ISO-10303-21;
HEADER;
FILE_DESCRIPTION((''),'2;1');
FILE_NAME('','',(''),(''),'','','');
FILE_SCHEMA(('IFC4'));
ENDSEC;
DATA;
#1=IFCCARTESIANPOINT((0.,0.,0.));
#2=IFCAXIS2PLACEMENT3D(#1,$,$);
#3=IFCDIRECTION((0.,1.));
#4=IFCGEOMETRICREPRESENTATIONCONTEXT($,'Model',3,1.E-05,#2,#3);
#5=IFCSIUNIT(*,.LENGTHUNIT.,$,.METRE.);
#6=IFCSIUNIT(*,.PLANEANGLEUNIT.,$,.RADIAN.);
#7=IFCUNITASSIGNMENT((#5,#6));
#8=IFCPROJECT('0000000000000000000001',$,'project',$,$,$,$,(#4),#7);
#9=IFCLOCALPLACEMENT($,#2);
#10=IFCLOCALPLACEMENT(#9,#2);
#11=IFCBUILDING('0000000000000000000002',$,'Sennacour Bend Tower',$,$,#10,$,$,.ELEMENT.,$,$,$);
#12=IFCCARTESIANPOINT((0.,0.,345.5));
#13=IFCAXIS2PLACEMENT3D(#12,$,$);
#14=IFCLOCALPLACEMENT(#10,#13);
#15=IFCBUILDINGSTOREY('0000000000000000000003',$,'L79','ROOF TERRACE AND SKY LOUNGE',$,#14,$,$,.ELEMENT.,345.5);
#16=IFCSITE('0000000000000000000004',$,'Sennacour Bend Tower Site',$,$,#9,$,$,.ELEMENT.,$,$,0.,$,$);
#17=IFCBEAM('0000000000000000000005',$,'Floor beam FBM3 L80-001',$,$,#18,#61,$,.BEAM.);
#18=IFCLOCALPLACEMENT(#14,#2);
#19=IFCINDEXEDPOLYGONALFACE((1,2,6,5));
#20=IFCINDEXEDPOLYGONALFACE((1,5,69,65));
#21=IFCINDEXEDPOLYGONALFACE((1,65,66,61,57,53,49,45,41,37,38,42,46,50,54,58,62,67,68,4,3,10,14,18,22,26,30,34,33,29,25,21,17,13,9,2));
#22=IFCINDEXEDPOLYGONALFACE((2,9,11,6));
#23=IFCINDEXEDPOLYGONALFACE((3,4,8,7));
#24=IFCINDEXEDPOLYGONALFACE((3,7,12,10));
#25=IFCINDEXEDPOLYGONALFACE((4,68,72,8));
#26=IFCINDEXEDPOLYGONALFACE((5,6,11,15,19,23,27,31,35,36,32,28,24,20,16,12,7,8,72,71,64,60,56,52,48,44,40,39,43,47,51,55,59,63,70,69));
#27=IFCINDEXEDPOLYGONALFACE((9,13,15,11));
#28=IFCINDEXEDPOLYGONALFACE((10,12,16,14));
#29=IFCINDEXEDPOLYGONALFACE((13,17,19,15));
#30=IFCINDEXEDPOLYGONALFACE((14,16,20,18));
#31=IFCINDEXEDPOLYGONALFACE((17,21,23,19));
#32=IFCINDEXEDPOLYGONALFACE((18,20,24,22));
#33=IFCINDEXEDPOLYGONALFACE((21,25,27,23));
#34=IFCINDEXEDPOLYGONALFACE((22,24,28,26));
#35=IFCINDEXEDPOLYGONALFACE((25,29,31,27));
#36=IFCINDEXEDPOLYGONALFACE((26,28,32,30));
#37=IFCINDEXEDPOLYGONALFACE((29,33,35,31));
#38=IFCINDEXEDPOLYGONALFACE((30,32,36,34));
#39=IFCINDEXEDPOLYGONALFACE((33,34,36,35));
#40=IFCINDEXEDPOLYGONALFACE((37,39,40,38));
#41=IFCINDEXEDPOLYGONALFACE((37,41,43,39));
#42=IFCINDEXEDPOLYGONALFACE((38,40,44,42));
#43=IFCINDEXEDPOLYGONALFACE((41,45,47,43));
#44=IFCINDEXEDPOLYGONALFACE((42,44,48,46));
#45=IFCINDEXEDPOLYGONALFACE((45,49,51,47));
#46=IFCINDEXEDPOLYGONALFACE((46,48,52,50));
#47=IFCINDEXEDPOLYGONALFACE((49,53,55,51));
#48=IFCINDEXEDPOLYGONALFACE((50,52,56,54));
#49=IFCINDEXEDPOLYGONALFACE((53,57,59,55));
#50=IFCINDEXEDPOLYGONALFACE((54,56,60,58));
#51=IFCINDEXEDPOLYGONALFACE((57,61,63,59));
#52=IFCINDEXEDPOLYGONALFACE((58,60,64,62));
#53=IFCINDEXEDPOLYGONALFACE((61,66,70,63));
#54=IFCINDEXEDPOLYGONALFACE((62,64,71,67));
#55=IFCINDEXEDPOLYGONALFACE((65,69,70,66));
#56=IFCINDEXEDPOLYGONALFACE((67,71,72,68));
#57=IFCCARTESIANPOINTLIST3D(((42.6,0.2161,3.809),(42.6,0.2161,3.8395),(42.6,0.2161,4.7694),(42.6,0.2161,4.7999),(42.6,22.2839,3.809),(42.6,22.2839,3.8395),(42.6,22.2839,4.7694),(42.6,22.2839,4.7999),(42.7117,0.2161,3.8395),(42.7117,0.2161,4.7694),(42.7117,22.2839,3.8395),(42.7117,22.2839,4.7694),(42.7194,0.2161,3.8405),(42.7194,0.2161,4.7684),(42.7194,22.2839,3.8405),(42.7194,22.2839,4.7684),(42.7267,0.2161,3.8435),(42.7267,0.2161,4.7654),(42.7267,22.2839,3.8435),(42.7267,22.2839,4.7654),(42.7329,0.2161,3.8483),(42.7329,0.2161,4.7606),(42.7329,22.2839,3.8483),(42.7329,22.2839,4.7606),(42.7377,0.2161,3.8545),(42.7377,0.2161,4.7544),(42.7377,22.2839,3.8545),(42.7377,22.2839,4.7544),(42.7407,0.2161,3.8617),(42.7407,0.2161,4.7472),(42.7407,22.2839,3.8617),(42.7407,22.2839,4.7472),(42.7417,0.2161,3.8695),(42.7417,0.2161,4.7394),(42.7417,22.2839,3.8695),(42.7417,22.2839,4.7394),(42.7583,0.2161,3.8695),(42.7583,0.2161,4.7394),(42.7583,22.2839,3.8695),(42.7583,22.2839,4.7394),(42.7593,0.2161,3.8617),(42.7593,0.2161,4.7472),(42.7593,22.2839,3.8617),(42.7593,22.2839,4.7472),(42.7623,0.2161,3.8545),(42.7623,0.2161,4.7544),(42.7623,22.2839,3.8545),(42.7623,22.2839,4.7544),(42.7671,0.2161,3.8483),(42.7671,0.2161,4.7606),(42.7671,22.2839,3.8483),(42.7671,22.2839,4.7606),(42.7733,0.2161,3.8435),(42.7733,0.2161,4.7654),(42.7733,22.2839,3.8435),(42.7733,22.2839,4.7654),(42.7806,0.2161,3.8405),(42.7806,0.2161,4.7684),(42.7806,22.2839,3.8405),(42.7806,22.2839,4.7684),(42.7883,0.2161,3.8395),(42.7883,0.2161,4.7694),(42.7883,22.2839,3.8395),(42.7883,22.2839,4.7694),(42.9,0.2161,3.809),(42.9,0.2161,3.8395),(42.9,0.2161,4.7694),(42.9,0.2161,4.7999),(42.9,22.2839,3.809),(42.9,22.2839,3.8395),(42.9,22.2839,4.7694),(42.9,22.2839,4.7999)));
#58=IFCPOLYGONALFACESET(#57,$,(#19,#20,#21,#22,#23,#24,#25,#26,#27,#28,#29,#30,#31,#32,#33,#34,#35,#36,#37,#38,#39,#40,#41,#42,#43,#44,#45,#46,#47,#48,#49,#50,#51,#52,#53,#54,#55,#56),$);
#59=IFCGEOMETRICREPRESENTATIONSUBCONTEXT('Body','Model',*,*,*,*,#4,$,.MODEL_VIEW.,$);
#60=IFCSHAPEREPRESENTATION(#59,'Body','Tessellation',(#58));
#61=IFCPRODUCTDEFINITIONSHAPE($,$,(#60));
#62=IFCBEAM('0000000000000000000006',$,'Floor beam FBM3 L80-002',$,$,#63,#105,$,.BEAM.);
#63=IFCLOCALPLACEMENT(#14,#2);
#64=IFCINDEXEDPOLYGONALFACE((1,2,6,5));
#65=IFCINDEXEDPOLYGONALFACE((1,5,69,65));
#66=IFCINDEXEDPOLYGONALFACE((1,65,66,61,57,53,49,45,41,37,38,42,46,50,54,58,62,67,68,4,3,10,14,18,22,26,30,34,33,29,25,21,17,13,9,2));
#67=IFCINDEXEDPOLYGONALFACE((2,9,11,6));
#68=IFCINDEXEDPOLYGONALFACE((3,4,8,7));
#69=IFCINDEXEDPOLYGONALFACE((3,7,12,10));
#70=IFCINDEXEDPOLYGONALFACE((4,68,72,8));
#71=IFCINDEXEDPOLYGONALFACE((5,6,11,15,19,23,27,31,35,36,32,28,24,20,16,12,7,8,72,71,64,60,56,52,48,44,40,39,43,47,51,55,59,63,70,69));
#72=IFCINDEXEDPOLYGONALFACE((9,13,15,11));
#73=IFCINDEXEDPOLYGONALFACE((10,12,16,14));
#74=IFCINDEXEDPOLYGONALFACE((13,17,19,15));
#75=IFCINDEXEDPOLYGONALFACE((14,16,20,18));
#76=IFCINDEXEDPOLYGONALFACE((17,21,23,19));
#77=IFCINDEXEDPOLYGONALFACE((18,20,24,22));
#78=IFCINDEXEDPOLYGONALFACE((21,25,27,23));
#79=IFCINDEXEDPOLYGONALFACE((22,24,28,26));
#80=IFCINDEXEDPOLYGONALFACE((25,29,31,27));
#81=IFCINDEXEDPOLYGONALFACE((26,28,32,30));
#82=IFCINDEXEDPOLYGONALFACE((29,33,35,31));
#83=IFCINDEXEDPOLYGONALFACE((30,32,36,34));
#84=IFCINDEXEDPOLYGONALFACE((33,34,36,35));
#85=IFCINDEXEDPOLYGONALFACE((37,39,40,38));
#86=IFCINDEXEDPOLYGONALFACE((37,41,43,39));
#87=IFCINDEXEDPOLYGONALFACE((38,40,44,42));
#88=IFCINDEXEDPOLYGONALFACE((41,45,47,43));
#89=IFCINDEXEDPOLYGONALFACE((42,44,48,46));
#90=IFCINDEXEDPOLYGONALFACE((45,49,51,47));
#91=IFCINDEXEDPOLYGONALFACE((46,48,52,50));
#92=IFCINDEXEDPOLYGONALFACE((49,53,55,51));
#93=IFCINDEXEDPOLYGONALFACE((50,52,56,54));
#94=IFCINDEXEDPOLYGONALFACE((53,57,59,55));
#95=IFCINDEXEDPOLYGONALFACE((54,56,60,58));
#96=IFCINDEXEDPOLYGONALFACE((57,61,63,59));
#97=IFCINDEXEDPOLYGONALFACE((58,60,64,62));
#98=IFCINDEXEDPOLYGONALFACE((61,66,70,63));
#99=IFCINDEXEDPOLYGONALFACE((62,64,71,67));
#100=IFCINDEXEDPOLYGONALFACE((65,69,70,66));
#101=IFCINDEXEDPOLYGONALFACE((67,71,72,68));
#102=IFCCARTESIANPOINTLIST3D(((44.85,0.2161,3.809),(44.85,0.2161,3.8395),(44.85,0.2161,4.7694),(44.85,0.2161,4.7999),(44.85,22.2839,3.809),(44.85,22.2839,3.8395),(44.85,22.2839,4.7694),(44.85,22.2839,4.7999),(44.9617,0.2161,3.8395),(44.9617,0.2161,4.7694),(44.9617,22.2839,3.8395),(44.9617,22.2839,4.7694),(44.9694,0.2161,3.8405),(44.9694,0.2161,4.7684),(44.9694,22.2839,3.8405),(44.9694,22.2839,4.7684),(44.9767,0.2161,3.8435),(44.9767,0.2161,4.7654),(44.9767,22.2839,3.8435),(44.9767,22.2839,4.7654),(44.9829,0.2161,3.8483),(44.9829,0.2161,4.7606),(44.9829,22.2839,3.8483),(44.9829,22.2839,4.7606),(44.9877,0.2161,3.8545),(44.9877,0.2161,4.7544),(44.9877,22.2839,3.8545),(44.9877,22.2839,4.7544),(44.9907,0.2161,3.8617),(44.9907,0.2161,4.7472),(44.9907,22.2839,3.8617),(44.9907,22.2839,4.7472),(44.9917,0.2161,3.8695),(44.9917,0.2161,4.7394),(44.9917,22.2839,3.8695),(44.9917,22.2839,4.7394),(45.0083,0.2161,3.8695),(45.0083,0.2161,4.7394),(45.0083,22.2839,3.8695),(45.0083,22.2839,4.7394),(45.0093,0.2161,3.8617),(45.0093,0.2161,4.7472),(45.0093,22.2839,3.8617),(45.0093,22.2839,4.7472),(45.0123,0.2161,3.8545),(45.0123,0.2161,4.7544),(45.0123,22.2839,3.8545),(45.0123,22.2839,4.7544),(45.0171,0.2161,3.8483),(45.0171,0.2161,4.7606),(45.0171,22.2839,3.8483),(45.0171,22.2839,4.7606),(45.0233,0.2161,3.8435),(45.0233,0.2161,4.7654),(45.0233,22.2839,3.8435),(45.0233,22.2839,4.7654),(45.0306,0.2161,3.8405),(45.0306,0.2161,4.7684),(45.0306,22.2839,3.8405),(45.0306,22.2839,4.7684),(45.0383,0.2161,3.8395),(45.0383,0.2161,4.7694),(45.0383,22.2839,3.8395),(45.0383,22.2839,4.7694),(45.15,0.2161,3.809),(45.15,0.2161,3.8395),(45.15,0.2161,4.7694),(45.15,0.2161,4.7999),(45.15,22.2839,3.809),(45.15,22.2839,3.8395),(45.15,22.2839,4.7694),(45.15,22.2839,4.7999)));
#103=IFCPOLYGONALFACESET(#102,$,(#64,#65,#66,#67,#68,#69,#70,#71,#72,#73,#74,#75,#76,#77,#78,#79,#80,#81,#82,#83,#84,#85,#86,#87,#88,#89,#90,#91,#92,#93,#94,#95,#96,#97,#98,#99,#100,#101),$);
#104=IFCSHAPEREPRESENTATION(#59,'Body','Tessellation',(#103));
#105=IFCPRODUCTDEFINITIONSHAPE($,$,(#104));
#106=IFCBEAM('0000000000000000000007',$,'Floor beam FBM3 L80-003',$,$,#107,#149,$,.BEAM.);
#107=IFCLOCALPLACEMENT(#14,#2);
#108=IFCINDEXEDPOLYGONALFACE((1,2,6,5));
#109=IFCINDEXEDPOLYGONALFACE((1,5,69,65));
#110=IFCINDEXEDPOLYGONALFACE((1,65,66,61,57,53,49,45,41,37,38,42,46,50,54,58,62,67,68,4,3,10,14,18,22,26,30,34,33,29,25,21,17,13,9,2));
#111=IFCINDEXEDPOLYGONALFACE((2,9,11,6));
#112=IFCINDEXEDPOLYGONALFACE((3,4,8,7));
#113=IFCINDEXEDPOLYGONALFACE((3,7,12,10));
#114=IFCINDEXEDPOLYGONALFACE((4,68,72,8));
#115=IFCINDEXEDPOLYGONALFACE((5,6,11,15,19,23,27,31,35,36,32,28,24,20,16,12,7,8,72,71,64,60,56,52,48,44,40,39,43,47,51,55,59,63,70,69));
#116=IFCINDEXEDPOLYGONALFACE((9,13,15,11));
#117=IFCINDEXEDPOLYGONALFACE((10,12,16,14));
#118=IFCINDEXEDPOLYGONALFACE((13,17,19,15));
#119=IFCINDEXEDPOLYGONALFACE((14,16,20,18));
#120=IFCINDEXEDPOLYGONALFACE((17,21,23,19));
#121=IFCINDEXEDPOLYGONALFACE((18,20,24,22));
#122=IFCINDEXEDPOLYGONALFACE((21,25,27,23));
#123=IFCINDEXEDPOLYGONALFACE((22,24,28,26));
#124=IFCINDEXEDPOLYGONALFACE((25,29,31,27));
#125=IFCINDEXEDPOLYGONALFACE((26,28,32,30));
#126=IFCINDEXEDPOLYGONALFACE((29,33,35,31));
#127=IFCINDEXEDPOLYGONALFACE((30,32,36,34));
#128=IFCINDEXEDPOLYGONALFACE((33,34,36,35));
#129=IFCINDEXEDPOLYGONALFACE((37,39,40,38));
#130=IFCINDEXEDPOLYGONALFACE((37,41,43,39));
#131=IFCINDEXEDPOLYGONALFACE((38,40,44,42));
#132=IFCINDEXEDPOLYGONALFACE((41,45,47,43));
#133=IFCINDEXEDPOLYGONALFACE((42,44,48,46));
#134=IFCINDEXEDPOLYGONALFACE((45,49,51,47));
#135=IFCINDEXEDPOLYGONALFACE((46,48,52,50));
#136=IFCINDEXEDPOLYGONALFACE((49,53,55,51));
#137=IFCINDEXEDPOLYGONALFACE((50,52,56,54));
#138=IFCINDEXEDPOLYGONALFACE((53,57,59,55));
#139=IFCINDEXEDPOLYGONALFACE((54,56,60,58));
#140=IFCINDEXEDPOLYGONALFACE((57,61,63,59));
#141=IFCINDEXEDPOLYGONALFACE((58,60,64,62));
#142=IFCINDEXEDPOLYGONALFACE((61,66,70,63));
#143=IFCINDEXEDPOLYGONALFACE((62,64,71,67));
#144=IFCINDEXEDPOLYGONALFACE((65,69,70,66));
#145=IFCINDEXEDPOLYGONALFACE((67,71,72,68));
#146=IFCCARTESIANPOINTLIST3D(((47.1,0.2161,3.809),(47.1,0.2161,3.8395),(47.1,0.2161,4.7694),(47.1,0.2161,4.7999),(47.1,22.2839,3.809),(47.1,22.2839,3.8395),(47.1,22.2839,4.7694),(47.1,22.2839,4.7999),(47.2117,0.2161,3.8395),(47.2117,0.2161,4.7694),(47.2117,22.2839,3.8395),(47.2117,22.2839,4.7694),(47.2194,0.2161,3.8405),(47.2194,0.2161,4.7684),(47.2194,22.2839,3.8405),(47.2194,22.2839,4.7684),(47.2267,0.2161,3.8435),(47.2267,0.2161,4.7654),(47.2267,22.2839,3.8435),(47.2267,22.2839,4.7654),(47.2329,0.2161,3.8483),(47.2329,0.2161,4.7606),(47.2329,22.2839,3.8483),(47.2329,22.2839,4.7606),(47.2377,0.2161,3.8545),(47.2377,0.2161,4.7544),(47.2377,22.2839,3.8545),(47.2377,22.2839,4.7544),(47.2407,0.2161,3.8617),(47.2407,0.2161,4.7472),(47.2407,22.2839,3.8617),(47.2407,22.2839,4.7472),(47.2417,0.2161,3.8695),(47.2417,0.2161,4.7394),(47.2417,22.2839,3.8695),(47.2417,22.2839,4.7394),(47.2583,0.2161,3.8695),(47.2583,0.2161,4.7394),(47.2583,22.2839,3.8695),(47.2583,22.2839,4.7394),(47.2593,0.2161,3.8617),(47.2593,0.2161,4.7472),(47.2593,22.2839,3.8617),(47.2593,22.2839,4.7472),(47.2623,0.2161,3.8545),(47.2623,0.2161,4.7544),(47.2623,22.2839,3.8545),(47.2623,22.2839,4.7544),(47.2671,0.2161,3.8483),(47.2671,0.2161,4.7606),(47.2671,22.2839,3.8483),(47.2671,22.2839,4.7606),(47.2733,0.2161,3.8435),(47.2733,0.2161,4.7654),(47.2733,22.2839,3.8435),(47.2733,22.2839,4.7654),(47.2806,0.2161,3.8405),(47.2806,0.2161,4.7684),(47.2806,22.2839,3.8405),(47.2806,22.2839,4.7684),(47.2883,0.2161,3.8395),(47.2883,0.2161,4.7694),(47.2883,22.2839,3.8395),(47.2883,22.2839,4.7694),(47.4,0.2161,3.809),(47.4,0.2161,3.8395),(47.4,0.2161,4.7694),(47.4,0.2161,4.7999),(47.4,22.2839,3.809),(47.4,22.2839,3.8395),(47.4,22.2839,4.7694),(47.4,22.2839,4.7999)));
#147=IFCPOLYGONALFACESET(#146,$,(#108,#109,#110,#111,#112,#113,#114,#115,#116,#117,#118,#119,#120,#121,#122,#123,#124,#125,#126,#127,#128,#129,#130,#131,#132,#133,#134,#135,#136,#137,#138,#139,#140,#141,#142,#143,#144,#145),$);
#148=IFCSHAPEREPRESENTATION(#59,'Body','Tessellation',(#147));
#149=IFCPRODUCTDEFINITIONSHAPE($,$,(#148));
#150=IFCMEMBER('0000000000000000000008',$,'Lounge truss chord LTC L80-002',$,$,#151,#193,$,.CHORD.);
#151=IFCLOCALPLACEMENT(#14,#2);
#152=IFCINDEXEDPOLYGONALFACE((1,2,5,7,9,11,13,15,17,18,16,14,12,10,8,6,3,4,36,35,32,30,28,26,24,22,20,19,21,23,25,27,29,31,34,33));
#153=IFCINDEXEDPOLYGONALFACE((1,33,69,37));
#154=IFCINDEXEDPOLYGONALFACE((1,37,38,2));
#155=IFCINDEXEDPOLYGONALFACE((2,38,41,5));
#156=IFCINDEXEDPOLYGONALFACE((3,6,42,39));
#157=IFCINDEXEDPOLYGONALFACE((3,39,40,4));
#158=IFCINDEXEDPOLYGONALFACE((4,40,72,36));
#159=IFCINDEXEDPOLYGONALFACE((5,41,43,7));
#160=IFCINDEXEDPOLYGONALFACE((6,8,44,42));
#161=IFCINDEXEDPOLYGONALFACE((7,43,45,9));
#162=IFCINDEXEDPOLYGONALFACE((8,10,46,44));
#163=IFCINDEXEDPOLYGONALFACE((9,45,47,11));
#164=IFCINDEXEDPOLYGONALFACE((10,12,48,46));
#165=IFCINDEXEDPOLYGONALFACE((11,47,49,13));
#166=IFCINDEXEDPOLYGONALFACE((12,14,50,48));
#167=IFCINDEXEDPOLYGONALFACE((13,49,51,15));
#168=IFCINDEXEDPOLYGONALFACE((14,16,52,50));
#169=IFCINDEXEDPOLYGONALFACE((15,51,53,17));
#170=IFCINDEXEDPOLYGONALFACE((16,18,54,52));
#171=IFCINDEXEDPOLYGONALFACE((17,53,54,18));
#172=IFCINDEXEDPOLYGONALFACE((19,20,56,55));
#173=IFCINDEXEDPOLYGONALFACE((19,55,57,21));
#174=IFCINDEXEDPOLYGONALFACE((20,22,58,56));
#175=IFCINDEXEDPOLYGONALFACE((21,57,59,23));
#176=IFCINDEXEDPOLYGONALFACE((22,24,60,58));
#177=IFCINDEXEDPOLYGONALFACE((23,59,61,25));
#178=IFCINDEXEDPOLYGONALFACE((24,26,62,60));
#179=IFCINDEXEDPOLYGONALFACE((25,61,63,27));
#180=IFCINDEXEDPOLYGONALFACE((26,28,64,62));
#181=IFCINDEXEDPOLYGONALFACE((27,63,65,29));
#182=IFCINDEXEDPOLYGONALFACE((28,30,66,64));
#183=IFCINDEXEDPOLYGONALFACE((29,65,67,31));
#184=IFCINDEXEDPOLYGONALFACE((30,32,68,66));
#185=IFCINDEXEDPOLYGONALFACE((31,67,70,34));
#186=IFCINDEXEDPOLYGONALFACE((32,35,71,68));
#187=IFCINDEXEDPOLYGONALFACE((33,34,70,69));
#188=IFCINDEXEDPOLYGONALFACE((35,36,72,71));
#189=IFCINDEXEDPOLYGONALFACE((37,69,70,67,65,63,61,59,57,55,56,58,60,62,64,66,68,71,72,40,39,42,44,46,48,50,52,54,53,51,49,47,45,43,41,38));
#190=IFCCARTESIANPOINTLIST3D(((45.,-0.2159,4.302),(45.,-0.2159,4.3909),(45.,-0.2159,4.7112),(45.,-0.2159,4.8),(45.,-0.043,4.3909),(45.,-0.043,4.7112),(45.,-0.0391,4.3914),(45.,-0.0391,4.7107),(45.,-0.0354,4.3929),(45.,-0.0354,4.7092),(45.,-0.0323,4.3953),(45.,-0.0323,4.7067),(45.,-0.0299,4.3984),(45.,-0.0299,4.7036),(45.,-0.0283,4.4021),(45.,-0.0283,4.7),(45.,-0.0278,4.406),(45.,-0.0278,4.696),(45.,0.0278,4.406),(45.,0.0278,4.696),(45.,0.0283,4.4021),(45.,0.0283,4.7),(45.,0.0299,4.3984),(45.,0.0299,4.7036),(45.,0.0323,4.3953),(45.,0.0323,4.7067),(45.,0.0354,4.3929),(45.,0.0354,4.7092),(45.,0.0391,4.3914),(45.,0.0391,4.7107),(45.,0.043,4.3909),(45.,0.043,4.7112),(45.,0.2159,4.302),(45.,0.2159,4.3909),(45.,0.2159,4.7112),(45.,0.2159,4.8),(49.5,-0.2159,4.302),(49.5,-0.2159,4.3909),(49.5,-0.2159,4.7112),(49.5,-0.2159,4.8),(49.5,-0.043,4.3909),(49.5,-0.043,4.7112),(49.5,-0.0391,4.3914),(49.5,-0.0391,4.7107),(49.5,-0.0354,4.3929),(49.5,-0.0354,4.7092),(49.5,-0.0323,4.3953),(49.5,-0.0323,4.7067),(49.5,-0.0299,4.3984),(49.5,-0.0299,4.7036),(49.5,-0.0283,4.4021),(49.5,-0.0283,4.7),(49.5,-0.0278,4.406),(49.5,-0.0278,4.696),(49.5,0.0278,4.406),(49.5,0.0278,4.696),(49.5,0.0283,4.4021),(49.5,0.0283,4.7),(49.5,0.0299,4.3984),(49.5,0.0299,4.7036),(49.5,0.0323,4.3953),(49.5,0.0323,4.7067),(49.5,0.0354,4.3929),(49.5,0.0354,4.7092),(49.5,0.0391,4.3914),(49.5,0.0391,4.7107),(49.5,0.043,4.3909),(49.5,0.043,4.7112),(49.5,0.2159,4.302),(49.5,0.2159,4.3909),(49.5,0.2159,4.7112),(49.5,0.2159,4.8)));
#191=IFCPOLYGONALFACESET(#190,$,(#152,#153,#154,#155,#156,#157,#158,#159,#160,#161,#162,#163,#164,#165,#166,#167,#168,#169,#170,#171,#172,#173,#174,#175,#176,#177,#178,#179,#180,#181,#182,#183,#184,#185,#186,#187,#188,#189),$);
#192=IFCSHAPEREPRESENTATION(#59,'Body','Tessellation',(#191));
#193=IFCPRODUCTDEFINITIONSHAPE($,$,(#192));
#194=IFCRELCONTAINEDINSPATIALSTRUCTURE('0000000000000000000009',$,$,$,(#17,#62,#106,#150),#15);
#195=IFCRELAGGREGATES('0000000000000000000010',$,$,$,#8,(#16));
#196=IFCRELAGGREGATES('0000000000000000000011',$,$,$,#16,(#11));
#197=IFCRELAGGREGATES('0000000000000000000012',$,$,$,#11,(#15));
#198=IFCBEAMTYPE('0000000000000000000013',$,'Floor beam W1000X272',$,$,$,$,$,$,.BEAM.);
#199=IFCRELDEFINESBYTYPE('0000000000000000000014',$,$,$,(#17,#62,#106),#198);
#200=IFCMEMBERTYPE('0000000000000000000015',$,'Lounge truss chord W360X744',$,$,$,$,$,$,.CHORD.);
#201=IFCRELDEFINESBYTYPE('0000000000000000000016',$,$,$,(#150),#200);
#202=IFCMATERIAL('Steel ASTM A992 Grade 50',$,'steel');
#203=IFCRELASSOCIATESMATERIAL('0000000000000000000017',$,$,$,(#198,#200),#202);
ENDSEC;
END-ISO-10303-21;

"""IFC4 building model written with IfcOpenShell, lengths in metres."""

from ifc_helpers import new_model, si_unit, direction, frame, origin, origin_2d, place, context, subcontext, project, spatial, i_section, extrude, material, material_profile, profile_set, type_object, element, save


model = new_model("IFC4")

# Units and contexts
model_context = context("Model", 3, precision=1e-05, world=origin(), true_north=direction((0.0, 1.0)))
body_context = subcontext(model_context, "Body", "Model", "MODEL_VIEW")
ifc_project = project(units=[si_unit("LENGTHUNIT", "METRE"), si_unit("PLANEANGLEUNIT", "RADIAN")], contexts=[model_context])

# Site, building, storey
site_placement = place(None, origin())
site = spatial("IfcSite", under=ifc_project, at=site_placement, Name="Sennacour Bend Tower Site", CompositionType="ELEMENT", RefElevation=0.0)
building_placement = place(site_placement, origin())
building = spatial("IfcBuilding", under=site, at=building_placement, Name="Sennacour Bend Tower", CompositionType="ELEMENT")
storey_placement = place(building_placement, frame((0.0, 0.0, 345.5)))
storey = spatial("IfcBuildingStorey", under=building, at=storey_placement, Name="L79", Description="ROOF TERRACE AND SKY LOUNGE", CompositionType="ELEMENT", Elevation=345.5)

# Beams
ifc_material_1 = material(Name="Steel ASTM A992 Grade 50", Category="steel")
ifc_material_profile_1 = material_profile(ifc_material_1, i_section(OverallWidth=0.3, OverallDepth=0.991, WebThickness=0.0166, FlangeThickness=0.0305, FilletRadius=0.03, at=origin_2d()), Name="Steel ASTM A992 Grade 50", Category="steel")
ifc_profile_set_1 = profile_set([ifc_material_profile_1], Name="Steel ASTM A992 Grade 50")
beam_type = type_object("IfcBeamType", Name="Floor beam W1000X272", PredefinedType="BEAM", material=ifc_profile_set_1)
for number, where, z_axis, x_axis, name in (
    (1, (42.75, 0.2161, 4.3044), (0.0, 1.0, 0.0), (-1.0, 0.0, 0.0), "Floor beam FBM3 L80-001"),
    (2, (45.0, 0.2161, 4.3044), (0.0, 1.0, 0.0), (-1.0, 0.0, 0.0), "Floor beam FBM3 L80-002"),
    (3, (47.25, 0.2161, 4.3044), (0.0, 1.0, 0.0), (-1.0, 0.0, 0.0), "Floor beam FBM3 L80-003"),
):
    element("IfcBeam", number, at=place(storey_placement, frame(where, z_axis=z_axis, x_axis=x_axis)), inside=storey, type_object=beam_type, Name=name, PredefinedType="BEAM", context=body_context, shape_type="SweptSolid", body=[
        extrude(i_section(OverallWidth=0.3, OverallDepth=0.991, WebThickness=0.0166, FlangeThickness=0.0305, FilletRadius=0.03, at=origin_2d()), origin(), (0.0, 0.0, 1.0), 22.0679),
    ])

# Member
ifc_material_profile_2 = material_profile(ifc_material_1, i_section(OverallWidth=0.4319, OverallDepth=0.498, WebThickness=0.0557, FlangeThickness=0.0889, FilletRadius=0.0151, at=origin_2d()), Name="Steel ASTM A992 Grade 50", Category="steel")
ifc_profile_set_2 = profile_set([ifc_material_profile_2], Name="Steel ASTM A992 Grade 50")
member_type_1 = type_object("IfcMemberType", Name="Lounge truss chord W360X744", PredefinedType="CHORD", material=ifc_profile_set_2)
member_1_placement = place(storey_placement, frame((45.0, 0.0, 4.551), z_axis=(1.0, 0.0, 0.0), x_axis=(0.0, 1.0, 0.0)))
element("IfcMember", 4, at=member_1_placement, inside=storey, type_object=member_type_1, Name="Lounge truss chord LTC L80-002", PredefinedType="CHORD", context=body_context, shape_type="SweptSolid", body=[
    extrude(i_section(OverallWidth=0.4319, OverallDepth=0.498, WebThickness=0.0557, FlangeThickness=0.0889, FilletRadius=0.0151, at=origin_2d()), origin(), (0.0, 0.0, 1.0), 4.5),
])

save(model, "model.ifc")
